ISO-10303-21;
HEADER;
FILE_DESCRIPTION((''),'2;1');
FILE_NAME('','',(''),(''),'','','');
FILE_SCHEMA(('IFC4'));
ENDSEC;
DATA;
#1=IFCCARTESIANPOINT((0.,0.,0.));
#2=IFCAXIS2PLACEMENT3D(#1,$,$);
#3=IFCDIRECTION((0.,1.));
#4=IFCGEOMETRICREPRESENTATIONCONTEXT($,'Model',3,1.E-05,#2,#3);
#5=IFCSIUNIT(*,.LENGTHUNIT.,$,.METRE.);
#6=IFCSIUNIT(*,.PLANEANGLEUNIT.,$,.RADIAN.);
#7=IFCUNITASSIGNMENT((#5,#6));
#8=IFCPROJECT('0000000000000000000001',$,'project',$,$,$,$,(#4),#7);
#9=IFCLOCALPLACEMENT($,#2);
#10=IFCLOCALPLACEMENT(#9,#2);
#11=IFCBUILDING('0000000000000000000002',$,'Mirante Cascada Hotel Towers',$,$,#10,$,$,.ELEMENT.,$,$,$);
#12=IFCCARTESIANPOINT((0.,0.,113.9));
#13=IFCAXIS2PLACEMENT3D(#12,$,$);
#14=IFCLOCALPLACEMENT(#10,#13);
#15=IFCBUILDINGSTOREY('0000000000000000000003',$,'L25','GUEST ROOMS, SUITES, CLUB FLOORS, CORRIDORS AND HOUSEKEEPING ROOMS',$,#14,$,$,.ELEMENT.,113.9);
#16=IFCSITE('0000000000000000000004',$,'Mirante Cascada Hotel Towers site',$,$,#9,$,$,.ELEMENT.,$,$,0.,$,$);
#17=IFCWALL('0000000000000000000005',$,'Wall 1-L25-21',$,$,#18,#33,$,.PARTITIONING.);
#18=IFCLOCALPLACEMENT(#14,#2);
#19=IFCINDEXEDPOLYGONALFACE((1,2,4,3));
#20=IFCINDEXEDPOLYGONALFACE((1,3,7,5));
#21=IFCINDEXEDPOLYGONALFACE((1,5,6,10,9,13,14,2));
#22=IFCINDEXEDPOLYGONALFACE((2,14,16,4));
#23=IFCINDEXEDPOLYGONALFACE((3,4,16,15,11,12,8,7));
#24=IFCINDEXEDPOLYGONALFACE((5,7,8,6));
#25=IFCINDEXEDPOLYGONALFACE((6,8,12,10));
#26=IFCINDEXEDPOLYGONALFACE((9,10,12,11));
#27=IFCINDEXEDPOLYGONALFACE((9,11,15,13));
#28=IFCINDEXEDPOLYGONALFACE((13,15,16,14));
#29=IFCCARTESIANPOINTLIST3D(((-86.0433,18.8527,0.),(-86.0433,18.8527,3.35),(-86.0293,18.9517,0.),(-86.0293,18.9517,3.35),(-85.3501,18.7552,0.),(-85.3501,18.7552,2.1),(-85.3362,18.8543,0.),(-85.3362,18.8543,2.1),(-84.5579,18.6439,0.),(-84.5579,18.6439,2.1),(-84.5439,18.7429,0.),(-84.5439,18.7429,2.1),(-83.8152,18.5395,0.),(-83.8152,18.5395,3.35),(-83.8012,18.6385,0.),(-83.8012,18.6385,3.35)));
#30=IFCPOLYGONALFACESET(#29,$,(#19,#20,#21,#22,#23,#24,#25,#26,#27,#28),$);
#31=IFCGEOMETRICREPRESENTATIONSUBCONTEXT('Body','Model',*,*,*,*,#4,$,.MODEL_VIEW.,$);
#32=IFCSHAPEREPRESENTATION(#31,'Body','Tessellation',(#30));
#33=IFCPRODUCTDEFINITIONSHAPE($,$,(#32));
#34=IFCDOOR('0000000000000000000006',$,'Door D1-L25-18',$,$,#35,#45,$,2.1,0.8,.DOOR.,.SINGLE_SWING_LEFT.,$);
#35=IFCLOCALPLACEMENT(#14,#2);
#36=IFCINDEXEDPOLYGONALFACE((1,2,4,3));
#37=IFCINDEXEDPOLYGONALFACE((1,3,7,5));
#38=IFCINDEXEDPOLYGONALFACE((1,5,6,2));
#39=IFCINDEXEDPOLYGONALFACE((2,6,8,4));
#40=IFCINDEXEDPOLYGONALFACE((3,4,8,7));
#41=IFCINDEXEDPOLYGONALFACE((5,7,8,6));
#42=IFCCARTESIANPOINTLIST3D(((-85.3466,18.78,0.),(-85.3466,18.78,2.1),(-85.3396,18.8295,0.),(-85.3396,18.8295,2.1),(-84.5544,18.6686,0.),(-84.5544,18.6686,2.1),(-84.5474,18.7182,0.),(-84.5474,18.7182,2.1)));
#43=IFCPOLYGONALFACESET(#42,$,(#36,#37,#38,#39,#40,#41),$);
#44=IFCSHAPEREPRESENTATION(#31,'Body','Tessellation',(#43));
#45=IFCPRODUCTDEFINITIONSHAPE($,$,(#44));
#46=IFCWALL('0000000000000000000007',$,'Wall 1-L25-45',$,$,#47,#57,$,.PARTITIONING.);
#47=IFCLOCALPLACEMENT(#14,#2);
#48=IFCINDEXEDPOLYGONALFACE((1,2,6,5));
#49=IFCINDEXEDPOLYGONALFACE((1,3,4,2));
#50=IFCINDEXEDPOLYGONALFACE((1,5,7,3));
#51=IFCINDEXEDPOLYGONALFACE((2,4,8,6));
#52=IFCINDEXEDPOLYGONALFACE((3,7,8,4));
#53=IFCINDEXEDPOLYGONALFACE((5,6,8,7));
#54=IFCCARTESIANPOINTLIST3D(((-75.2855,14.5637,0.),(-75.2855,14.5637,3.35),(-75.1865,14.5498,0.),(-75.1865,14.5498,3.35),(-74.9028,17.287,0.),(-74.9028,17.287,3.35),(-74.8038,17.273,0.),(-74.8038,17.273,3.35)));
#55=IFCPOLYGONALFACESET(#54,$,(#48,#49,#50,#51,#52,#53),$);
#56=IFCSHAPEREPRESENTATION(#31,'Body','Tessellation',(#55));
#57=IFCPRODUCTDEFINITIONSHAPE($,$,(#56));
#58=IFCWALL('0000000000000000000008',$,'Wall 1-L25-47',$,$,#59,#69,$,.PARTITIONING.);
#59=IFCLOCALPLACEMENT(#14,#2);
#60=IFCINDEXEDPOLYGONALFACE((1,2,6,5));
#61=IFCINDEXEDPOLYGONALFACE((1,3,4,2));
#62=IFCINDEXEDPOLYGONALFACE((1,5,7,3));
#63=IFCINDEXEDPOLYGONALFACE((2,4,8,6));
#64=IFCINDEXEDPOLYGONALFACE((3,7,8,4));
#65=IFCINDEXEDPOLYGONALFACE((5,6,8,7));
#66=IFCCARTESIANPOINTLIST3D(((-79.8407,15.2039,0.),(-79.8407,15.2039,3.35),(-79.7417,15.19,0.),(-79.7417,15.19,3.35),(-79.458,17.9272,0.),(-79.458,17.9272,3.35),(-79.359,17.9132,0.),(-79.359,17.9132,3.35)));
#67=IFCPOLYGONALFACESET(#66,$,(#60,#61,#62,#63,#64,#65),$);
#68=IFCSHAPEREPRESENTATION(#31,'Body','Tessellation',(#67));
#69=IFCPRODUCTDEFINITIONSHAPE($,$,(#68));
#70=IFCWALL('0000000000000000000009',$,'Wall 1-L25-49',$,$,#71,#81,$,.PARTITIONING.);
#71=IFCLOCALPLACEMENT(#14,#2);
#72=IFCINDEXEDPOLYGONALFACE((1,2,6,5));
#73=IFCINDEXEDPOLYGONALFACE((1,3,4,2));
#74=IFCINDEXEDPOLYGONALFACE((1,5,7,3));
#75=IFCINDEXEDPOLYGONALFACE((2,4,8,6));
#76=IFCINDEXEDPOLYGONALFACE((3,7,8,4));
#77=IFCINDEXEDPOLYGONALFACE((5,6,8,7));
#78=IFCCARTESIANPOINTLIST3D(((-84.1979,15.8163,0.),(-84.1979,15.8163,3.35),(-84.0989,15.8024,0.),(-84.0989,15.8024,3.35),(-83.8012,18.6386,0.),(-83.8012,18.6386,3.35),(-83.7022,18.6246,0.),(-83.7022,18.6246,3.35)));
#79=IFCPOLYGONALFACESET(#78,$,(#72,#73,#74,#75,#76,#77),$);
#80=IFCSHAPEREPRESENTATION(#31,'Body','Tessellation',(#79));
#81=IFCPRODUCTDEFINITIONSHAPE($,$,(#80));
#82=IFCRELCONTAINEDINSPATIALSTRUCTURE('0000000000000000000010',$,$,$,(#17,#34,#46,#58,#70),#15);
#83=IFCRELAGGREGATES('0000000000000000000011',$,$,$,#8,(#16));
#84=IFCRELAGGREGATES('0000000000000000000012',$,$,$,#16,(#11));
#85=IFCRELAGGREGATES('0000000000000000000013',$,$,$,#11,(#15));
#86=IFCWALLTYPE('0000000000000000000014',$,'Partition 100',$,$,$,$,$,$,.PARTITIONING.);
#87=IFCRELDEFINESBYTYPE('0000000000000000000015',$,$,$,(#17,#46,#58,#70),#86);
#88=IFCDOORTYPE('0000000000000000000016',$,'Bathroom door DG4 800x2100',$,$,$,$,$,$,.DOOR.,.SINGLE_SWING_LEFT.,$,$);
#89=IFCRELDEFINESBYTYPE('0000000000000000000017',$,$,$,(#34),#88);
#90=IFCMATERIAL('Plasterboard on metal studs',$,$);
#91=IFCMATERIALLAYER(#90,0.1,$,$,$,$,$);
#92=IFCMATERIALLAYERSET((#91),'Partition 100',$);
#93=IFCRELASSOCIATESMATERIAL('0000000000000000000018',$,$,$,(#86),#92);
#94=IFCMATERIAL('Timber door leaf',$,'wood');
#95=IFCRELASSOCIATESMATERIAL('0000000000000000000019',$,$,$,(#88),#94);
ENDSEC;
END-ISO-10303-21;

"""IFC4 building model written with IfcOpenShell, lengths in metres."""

from ifc_helpers import new_model, si_unit, direction, frame, frame_2d, origin, place, context, subcontext, project, spatial, rectangle, extrude, material, layer, layer_set, type_object, element, fill, save


model = new_model("IFC4")

# Units and contexts
model_context = context("Model", 3, precision=1e-05, world=origin(), true_north=direction((0.0, 1.0)))
body_context = subcontext(model_context, "Body", "Model", "MODEL_VIEW")
ifc_project = project(units=[si_unit("LENGTHUNIT", "METRE"), si_unit("PLANEANGLEUNIT", "RADIAN")], contexts=[model_context])

# Site, building, storey
site_placement = place(None, origin())
site = spatial("IfcSite", under=ifc_project, at=site_placement, Name="Mirante Cascada Hotel Towers site", CompositionType="ELEMENT", RefElevation=0.0)
building_placement = place(site_placement, origin())
building = spatial("IfcBuilding", under=site, at=building_placement, Name="Mirante Cascada Hotel Towers", CompositionType="ELEMENT")
storey_placement = place(building_placement, frame((0.0, 0.0, 113.9)))
storey = spatial("IfcBuildingStorey", under=building, at=storey_placement, Name="L25", Description="GUEST ROOMS, SUITES, CLUB FLOORS, CORRIDORS AND HOUSEKEEPING ROOMS", CompositionType="ELEMENT", Elevation=113.9)

# Shared definitions
ifc_material_1 = material(Name="Plasterboard on metal studs")
ifc_layer_1 = layer(ifc_material_1, 0.1)
ifc_layer_set_1 = layer_set([ifc_layer_1], Name="Partition 100")
wall_type_1 = type_object("IfcWallType", Name="Partition 100", PredefinedType="PARTITIONING", material=ifc_layer_set_1)
ifc_material_2 = material(Name="Timber door leaf", Category="wood")
door_type = type_object("IfcDoorType", Name="Bathroom door DG4 800x2100", OperationType="SINGLE_SWING_LEFT", PredefinedType="DOOR", material=ifc_material_2)

# Wall, opening, door
wall_1_placement = place(storey_placement, frame((-86.0363, 18.9022, 0.0), z_axis=(0.0, 0.0, 1.0), x_axis=(0.990264, -0.1392, 0.0)))
wall_1 = element("IfcWall", 1, at=wall_1_placement, inside=storey, type_object=wall_type_1, Name="Wall 1-L25-21", PredefinedType="PARTITIONING", context=body_context, shape_type="SweptSolid", body=[
    extrude(rectangle(XDim=2.25, YDim=0.1, at=frame_2d((1.125, 0.0))), origin(), (0.0, 0.0, 1.0), 3.35),
])
opening_1_placement = place(wall_1_placement, frame((0.7, 0.0, 0.0)))
opening_1 = element("IfcOpeningElement", 2, at=opening_1_placement, cuts=wall_1, PredefinedType="OPENING", context=body_context, shape_type="SweptSolid", body=[
    extrude(rectangle(XDim=0.8, YDim=2.1, at=frame_2d((0.4, 1.05))), frame((0.0, 0.05, 0.0), z_axis=(0.0, -1.0, 0.0), x_axis=(1.0, 0.0, 0.0)), (0.0, 0.0, 1.0), 0.1),
])
door_1_placement = place(opening_1_placement, origin())
door_1 = element("IfcDoor", 3, at=door_1_placement, inside=storey, type_object=door_type, Name="Door D1-L25-18", OperationType="SINGLE_SWING_LEFT", OverallHeight=2.1, OverallWidth=0.8, PredefinedType="DOOR", context=body_context, shape_type="SweptSolid", body=[
    extrude(rectangle(XDim=0.8, YDim=2.1, at=frame_2d((0.4, 1.05))), frame((0.0, 0.025, 0.0), z_axis=(0.0, -1.0, 0.0), x_axis=(1.0, 0.0, 0.0)), (0.0, 0.0, 1.0), 0.05),
])
fill(opening_1, door_1)

# Walls
for number, where, z_axis, x_axis, name in (
    (4, (-74.8533, 17.28, 0.0), (0.0, 0.0, 1.0), (-0.139166, -0.990269, 0.0), "Wall 1-L25-45"),
    (5, (-79.4085, 17.9202, 0.0), (0.0, 0.0, 1.0), (-0.139166, -0.990269, 0.0), "Wall 1-L25-47"),
):
    element("IfcWall", number, at=place(storey_placement, frame(where, z_axis=z_axis, x_axis=x_axis)), inside=storey, type_object=wall_type_1, Name=name, PredefinedType="PARTITIONING", context=body_context, shape_type="SweptSolid", body=[
        extrude(rectangle(XDim=2.75, YDim=0.1, at=frame_2d((1.375, 0.0))), origin(), (0.0, 0.0, 1.0), 3.35),
    ])
wall_2_placement = place(storey_placement, frame((-83.7517, 18.6316, 0.0), z_axis=(0.0, 0.0, 1.0), x_axis=(-0.139191, -0.990266, 0.0)))
element("IfcWall", 6, at=wall_2_placement, inside=storey, type_object=wall_type_1, Name="Wall 1-L25-49", PredefinedType="PARTITIONING", context=body_context, shape_type="SweptSolid", body=[
    extrude(rectangle(XDim=2.85, YDim=0.1, at=frame_2d((1.425, 0.0))), origin(), (0.0, 0.0, 1.0), 3.35),
])

save(model, "model.ifc")
